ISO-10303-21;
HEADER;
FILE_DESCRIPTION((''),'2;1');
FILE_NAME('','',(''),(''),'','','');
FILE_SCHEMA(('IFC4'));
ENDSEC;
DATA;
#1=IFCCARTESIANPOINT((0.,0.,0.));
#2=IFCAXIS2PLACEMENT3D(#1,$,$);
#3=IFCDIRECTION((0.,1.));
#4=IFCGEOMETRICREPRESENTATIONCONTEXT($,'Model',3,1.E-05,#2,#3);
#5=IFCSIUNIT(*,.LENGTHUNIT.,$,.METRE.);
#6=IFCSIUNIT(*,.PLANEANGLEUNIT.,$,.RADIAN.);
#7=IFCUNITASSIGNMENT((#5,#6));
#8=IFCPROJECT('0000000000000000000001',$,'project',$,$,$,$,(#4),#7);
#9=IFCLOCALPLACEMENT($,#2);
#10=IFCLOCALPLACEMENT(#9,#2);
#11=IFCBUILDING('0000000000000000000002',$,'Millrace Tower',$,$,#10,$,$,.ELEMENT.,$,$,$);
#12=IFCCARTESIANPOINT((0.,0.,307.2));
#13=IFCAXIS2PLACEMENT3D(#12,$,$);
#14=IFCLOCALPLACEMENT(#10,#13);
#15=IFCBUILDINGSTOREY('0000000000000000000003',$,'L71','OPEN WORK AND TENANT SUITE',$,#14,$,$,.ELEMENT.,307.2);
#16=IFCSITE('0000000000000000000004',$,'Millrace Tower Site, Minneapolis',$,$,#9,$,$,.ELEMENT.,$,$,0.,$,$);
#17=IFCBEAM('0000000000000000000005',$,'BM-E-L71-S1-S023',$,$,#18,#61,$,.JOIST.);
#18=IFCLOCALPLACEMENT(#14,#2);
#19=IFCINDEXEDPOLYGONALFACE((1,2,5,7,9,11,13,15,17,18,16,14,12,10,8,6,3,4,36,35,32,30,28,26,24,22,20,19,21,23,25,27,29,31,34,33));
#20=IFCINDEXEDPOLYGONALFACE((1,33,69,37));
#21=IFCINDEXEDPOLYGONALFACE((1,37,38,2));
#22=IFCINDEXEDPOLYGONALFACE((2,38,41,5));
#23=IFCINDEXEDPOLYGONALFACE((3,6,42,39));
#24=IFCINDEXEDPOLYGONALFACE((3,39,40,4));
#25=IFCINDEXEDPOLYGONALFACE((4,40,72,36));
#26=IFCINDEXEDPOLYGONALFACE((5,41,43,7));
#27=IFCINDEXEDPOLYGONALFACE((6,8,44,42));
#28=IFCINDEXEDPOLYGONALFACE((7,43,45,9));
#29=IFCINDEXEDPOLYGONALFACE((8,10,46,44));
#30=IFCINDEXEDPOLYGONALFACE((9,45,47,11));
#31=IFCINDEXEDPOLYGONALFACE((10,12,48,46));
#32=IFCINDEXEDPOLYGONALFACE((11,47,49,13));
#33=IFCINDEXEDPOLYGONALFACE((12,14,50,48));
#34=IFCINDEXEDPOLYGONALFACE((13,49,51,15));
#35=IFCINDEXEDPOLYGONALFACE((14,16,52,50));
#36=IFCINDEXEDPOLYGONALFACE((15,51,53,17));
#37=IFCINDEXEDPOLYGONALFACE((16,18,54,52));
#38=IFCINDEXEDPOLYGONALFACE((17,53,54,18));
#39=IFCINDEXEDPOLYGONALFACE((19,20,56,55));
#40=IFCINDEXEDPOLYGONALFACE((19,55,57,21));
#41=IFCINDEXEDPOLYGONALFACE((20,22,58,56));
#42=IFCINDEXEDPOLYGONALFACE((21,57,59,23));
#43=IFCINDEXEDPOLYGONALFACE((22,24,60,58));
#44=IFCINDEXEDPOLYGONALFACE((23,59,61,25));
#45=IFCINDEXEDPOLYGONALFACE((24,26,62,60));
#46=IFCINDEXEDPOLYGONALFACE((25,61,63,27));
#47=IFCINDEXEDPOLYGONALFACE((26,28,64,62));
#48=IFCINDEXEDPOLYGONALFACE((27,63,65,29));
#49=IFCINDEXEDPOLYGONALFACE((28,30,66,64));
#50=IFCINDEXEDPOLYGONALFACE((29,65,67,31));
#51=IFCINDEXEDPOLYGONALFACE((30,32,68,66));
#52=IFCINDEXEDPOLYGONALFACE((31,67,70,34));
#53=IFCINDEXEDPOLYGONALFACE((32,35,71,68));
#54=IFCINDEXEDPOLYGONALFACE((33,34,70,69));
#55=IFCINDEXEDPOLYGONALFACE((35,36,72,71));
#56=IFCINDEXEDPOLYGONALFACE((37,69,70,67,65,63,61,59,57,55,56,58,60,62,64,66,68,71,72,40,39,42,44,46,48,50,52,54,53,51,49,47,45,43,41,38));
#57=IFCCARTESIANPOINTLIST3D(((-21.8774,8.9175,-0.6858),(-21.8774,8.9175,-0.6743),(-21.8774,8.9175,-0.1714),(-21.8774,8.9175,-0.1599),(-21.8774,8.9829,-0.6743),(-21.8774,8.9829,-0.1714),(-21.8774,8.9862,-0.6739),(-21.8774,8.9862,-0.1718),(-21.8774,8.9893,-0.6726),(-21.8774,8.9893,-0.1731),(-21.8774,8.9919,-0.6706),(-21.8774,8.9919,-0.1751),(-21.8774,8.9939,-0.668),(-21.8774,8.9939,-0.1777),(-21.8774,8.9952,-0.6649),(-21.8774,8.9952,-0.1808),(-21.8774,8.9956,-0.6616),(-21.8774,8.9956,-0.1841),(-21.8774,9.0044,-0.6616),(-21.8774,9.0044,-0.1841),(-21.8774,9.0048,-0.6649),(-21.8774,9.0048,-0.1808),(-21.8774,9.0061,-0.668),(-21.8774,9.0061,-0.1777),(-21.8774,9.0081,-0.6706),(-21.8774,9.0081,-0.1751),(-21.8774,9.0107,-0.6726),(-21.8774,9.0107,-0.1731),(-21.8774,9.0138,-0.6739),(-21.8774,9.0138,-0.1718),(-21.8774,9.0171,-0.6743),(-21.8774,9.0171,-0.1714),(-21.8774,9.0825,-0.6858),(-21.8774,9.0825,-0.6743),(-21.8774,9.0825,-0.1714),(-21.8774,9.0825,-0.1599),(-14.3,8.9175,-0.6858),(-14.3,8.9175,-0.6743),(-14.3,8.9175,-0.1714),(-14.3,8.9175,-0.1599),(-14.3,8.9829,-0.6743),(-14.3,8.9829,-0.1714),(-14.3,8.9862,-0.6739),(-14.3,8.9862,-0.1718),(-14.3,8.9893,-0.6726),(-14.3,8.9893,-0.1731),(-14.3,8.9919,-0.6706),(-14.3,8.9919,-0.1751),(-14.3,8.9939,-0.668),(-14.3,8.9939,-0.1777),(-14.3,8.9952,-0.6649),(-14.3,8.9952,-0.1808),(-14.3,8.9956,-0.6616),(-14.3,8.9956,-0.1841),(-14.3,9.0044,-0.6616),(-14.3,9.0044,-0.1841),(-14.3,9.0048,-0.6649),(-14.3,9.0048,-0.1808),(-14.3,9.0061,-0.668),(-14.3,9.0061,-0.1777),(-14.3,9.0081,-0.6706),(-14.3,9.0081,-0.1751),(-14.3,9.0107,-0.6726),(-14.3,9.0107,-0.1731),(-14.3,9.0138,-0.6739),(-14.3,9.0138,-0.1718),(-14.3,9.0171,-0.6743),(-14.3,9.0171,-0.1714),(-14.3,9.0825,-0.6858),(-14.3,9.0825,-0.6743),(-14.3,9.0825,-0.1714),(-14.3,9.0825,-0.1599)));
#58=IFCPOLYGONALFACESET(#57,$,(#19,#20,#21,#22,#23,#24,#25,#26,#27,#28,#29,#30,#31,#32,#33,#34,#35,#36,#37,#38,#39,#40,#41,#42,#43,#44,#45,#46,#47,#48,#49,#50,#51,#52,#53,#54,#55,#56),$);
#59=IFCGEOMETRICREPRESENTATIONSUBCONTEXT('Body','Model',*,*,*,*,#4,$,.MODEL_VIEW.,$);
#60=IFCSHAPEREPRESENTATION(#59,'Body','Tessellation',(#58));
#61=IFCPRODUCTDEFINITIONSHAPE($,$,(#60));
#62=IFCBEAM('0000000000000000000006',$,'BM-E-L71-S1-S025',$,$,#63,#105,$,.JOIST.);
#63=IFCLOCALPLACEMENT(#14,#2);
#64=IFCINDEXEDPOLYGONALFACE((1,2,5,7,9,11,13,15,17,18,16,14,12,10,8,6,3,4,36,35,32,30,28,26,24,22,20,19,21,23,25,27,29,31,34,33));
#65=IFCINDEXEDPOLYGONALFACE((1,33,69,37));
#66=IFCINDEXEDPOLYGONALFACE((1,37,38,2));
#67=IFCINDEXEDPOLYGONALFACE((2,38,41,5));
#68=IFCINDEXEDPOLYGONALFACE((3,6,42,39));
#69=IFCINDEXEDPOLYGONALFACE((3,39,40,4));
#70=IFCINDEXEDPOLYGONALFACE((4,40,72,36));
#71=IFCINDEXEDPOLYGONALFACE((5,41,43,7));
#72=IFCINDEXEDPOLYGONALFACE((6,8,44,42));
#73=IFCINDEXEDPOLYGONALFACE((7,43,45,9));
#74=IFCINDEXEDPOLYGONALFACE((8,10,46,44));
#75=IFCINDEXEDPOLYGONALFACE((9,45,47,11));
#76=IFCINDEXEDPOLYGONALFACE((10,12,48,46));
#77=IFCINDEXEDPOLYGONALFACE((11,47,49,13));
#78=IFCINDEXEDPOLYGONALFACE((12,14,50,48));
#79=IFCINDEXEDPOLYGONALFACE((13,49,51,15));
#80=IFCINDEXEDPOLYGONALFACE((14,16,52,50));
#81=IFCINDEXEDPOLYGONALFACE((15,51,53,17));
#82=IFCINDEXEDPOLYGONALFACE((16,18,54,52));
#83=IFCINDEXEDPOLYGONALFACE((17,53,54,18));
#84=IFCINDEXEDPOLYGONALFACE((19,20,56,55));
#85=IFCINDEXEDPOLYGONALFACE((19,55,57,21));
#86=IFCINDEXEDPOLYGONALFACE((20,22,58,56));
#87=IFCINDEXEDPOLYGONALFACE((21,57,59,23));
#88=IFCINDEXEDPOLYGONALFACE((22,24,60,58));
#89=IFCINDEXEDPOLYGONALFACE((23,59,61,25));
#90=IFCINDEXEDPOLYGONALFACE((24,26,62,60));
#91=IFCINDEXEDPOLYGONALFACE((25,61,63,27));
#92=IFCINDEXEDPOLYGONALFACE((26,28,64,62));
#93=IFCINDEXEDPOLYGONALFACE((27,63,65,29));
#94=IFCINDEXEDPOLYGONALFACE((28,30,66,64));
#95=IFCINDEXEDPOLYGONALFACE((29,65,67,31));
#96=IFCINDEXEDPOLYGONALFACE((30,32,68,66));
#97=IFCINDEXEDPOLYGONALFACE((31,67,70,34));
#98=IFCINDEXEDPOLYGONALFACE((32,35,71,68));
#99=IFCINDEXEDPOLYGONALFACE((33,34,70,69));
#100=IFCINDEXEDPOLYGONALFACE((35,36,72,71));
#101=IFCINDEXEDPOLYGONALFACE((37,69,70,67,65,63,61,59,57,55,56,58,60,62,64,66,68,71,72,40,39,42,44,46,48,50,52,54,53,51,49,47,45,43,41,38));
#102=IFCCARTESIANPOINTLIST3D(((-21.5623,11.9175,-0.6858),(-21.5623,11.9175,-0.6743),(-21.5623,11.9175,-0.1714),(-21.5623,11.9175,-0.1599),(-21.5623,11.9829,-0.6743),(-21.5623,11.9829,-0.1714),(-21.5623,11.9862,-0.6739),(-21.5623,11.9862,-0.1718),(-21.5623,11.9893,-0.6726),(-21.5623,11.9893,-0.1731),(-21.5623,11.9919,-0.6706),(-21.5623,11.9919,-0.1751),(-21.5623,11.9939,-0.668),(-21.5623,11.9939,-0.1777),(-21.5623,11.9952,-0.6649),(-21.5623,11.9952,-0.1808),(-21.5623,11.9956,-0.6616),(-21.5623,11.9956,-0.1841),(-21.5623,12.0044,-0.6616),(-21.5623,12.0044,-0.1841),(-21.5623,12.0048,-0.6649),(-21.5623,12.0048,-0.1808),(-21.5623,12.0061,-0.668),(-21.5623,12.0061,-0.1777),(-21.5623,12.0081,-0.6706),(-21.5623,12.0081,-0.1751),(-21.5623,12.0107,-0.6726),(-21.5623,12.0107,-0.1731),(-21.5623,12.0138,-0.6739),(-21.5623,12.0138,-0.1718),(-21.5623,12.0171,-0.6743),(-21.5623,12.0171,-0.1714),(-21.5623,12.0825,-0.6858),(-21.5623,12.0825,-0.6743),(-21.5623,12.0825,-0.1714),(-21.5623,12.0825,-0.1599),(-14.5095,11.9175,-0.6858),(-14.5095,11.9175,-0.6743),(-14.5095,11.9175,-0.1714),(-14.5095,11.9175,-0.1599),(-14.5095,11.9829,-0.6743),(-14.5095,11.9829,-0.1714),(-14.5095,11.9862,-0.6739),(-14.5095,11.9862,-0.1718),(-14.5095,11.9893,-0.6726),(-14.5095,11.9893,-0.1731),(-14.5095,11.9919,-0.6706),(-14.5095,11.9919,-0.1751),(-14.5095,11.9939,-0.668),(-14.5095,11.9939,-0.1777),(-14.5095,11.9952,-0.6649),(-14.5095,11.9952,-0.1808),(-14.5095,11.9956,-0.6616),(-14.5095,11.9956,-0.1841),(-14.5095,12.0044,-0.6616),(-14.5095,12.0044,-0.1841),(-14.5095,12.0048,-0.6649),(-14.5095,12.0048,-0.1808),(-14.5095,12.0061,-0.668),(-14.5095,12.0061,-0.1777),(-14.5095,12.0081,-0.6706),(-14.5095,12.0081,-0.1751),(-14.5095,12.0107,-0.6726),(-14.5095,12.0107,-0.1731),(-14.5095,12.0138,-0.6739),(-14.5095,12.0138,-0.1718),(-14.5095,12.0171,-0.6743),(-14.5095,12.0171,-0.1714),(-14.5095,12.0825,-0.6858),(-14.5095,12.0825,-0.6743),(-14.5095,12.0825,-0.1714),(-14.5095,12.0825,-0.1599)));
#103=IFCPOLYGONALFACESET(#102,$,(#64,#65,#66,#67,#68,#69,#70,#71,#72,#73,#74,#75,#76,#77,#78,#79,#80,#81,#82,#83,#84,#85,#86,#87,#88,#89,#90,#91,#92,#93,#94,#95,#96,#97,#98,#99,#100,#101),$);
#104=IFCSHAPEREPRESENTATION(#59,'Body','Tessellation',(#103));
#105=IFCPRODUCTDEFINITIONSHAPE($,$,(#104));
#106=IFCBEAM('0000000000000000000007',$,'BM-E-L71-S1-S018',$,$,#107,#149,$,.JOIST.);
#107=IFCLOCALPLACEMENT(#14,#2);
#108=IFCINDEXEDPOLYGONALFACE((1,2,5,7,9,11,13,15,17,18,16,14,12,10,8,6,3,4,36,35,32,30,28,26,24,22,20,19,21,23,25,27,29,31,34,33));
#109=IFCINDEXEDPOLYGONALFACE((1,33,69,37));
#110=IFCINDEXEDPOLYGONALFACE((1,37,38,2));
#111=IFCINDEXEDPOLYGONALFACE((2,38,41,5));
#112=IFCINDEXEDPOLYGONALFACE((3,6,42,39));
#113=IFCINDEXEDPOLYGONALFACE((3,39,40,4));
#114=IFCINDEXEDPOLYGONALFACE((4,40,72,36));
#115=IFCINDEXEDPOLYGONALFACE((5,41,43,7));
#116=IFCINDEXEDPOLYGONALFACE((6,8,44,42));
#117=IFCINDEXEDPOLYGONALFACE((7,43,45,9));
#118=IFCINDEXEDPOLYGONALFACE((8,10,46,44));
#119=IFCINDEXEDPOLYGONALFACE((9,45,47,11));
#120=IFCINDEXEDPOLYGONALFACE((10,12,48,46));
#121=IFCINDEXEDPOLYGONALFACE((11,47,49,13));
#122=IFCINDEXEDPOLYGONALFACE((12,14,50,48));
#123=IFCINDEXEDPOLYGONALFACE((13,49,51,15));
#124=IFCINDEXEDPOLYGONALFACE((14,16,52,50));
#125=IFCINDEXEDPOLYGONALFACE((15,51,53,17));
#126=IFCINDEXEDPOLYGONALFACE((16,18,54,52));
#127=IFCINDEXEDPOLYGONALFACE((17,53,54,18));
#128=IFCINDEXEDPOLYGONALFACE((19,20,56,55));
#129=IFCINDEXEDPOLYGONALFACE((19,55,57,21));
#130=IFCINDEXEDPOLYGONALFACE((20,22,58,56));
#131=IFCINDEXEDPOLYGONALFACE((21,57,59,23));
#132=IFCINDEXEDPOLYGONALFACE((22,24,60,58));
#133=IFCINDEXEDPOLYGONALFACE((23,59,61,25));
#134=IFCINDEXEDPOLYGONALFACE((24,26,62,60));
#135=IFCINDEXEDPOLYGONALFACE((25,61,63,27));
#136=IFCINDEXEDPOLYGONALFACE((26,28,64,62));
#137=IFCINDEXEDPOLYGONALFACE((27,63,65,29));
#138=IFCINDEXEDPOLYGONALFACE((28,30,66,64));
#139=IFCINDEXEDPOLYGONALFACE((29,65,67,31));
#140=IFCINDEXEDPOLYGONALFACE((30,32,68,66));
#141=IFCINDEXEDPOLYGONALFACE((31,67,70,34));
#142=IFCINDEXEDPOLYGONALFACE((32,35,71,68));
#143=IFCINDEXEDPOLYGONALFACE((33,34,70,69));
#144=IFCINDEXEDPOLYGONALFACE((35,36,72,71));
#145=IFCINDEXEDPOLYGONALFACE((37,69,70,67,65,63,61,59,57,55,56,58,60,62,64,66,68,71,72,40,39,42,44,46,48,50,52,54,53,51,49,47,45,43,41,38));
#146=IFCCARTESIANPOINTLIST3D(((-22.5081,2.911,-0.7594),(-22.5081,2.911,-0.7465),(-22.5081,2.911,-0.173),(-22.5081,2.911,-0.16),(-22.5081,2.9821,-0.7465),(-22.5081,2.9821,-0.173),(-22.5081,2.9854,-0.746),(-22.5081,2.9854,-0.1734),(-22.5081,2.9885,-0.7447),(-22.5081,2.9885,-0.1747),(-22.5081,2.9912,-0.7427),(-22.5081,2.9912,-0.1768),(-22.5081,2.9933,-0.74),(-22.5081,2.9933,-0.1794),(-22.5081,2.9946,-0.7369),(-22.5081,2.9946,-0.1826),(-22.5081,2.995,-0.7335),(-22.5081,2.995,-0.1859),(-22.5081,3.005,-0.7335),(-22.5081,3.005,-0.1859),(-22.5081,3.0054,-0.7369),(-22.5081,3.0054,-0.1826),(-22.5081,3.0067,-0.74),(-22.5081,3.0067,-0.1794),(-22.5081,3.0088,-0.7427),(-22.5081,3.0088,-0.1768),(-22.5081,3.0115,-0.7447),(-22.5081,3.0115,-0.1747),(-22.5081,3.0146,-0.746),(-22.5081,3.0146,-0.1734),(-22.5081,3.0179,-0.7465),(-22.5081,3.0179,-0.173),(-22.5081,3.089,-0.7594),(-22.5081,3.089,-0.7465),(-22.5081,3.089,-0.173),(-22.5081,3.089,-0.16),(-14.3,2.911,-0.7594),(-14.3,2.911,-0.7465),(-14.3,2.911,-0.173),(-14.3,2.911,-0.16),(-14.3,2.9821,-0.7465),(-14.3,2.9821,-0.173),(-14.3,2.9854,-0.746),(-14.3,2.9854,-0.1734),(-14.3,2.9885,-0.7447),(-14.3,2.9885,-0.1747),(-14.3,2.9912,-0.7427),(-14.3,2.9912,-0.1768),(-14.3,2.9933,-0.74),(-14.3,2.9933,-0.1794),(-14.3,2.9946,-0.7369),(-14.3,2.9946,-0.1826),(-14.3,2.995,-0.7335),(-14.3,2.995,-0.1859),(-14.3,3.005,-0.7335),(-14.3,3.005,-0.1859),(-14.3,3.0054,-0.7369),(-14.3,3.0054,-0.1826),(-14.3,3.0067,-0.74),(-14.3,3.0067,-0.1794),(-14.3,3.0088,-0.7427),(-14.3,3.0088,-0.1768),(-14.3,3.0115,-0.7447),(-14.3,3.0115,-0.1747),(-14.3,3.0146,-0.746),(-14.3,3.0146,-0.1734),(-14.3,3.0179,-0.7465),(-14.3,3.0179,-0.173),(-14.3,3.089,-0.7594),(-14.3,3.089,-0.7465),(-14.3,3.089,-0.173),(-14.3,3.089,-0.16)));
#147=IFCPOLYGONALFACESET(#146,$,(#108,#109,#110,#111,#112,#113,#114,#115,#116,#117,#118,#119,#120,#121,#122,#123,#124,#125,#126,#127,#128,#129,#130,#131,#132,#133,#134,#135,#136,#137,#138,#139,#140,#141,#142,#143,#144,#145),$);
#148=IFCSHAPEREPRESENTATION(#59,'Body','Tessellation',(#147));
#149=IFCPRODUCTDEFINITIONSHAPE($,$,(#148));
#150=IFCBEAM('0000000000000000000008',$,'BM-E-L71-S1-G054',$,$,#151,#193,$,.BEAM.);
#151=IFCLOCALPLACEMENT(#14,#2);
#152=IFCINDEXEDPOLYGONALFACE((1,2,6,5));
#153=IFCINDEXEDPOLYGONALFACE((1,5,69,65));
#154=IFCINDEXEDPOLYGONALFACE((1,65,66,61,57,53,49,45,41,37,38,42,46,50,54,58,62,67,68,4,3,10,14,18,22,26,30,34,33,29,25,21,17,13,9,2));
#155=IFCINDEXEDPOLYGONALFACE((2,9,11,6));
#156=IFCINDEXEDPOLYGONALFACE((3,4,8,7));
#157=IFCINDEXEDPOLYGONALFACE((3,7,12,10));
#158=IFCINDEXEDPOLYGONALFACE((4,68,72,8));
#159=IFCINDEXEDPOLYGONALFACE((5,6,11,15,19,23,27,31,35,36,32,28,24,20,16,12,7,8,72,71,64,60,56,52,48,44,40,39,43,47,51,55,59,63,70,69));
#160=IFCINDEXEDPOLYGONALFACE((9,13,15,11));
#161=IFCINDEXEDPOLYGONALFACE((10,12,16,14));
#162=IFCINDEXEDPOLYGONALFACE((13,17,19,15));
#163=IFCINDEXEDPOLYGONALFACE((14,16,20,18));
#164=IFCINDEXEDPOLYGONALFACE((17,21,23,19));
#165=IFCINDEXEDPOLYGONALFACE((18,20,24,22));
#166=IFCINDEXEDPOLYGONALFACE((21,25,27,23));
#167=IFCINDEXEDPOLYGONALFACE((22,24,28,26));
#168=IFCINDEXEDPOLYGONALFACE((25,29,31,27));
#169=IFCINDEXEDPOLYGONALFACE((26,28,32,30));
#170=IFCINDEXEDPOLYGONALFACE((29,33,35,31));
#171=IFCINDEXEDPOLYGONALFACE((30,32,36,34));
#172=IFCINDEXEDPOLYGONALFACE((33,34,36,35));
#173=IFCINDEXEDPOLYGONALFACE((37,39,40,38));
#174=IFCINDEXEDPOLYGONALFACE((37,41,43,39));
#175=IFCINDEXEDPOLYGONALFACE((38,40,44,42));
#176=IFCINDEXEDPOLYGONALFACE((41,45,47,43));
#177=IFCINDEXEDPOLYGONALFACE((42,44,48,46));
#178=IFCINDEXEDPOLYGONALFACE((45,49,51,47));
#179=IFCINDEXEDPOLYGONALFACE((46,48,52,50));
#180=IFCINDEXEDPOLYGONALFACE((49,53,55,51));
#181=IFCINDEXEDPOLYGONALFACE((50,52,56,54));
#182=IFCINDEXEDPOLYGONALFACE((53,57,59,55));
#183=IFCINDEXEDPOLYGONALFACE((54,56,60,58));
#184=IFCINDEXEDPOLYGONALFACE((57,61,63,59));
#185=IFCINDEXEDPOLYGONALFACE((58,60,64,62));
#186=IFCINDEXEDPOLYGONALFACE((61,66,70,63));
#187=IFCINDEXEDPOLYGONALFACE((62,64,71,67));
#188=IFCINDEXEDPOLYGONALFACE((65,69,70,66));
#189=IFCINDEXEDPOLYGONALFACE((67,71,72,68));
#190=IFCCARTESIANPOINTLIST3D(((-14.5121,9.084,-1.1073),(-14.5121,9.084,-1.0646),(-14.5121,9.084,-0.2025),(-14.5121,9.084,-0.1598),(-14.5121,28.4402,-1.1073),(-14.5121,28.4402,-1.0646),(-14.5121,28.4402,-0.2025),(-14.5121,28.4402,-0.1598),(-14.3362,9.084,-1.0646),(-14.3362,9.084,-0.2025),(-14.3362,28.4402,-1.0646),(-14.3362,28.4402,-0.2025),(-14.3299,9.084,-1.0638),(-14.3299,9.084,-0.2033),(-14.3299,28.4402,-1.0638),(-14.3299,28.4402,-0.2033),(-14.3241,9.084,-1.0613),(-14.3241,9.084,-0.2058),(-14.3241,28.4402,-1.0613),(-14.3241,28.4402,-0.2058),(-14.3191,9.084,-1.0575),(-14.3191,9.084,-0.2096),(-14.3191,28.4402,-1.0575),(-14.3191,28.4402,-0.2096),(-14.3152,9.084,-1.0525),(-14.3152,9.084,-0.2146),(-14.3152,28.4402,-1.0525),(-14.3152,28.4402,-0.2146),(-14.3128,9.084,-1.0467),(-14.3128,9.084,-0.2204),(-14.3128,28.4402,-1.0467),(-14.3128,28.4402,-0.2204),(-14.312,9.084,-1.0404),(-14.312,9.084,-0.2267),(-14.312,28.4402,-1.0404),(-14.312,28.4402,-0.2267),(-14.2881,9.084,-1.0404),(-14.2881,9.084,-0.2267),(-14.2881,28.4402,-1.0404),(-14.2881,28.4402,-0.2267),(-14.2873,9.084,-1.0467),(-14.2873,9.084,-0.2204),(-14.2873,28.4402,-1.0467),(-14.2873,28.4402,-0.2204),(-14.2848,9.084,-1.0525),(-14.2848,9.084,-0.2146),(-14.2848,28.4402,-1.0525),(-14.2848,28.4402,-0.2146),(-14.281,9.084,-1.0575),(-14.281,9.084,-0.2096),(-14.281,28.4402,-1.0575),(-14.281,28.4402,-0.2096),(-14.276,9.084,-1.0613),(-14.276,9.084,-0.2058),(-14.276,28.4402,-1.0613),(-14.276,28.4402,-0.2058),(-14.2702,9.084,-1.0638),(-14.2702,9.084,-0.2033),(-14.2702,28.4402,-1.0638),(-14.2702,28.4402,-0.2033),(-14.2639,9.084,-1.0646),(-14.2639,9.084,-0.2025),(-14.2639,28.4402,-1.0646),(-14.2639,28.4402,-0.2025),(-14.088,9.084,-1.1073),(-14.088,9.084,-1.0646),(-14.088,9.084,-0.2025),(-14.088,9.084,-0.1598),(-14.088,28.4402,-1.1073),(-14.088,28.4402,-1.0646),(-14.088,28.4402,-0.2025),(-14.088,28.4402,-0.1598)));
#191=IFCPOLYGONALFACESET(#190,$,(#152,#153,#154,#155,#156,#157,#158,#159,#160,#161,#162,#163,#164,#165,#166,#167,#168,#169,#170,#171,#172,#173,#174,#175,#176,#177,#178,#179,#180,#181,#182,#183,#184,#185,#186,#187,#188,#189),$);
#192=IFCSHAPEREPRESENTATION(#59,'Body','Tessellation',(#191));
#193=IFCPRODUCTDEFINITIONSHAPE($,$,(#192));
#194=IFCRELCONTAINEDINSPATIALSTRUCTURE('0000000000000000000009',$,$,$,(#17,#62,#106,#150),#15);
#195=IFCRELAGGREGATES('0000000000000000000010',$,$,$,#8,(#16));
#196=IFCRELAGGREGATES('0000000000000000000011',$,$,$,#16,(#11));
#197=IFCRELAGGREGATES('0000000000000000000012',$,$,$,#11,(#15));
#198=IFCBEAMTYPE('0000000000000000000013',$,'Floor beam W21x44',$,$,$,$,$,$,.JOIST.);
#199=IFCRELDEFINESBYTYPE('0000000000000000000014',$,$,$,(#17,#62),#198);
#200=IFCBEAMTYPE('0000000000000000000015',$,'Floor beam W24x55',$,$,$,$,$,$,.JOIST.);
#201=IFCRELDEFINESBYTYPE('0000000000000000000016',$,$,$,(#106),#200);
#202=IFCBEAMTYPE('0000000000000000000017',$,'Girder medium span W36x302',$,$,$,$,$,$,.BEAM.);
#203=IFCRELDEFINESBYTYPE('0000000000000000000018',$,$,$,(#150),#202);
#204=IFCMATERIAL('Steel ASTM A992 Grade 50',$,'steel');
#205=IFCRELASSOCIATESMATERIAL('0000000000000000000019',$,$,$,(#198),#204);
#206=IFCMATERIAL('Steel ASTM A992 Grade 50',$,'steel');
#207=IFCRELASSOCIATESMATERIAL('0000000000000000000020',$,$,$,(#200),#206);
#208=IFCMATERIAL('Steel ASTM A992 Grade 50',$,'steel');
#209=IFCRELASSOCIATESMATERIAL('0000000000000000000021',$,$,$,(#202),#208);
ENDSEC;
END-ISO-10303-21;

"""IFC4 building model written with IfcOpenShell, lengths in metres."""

from ifc_helpers import new_model, si_unit, direction, frame, origin, origin_2d, place, context, subcontext, project, spatial, i_section, extrude, material, material_profile, profile_set, type_object, element, save


model = new_model("IFC4")

# Units and contexts
model_context = context("Model", 3, precision=1e-05, world=origin(), true_north=direction((0.0, 1.0)))
body_context = subcontext(model_context, "Body", "Model", "MODEL_VIEW")
ifc_project = project(units=[si_unit("LENGTHUNIT", "METRE"), si_unit("PLANEANGLEUNIT", "RADIAN")], contexts=[model_context])

# Site, building, storey
site_placement = place(None, origin())
site = spatial("IfcSite", under=ifc_project, at=site_placement, Name="Millrace Tower Site, Minneapolis", CompositionType="ELEMENT", RefElevation=0.0)
building_placement = place(site_placement, origin())
building = spatial("IfcBuilding", under=site, at=building_placement, Name="Millrace Tower", CompositionType="ELEMENT")
storey_placement = place(building_placement, frame((0.0, 0.0, 307.2)))
storey = spatial("IfcBuildingStorey", under=building, at=storey_placement, Name="L71", Description="OPEN WORK AND TENANT SUITE", CompositionType="ELEMENT", Elevation=307.2)

# Beams
ifc_material_1 = material(Name="Steel ASTM A992 Grade 50", Category="steel")
ifc_material_profile_1 = material_profile(ifc_material_1, i_section(OverallWidth=0.165, OverallDepth=0.5259, WebThickness=0.0088, FlangeThickness=0.0115, FilletRadius=0.0127, at=origin_2d()))
ifc_profile_set_1 = profile_set([ifc_material_profile_1], Name="Steel ASTM A992 Grade 50")
beam_type_1 = type_object("IfcBeamType", Name="Floor beam W21x44", PredefinedType="JOIST", material=ifc_profile_set_1)
beam_1_placement = place(storey_placement, frame((-21.8774, 9.0, -0.4229), z_axis=(1.0, 0.0, 0.0), x_axis=(0.0, 1.0, 0.0)))
element("IfcBeam", 1, at=beam_1_placement, inside=storey, type_object=beam_type_1, Name="BM-E-L71-S1-S023", PredefinedType="JOIST", context=body_context, shape_type="SweptSolid", body=[
    extrude(i_section(OverallWidth=0.165, OverallDepth=0.5259, WebThickness=0.0088, FlangeThickness=0.0115, FilletRadius=0.0127, at=origin_2d()), origin(), (0.0, 0.0, 1.0), 7.5774),
])
beam_2_placement = place(storey_placement, frame((-21.5623, 12.0, -0.4229), z_axis=(1.0, 0.0, 0.0), x_axis=(0.0, 1.0, 0.0)))
element("IfcBeam", 2, at=beam_2_placement, inside=storey, type_object=beam_type_1, Name="BM-E-L71-S1-S025", PredefinedType="JOIST", context=body_context, shape_type="SweptSolid", body=[
    extrude(i_section(OverallWidth=0.165, OverallDepth=0.5259, WebThickness=0.0088, FlangeThickness=0.0115, FilletRadius=0.0127, at=origin_2d()), origin(), (0.0, 0.0, 1.0), 7.0527),
])
ifc_material_2 = material(Name="Steel ASTM A992 Grade 50", Category="steel")
ifc_material_profile_2 = material_profile(ifc_material_2, i_section(OverallWidth=0.178, OverallDepth=0.5994, WebThickness=0.01, FlangeThickness=0.0129, FilletRadius=0.0129, at=origin_2d()))
ifc_profile_set_2 = profile_set([ifc_material_profile_2], Name="Steel ASTM A992 Grade 50")
beam_type_2 = type_object("IfcBeamType", Name="Floor beam W24x55", PredefinedType="JOIST", material=ifc_profile_set_2)
beam_3_placement = place(storey_placement, frame((-22.5081, 3.0, -0.4597), z_axis=(1.0, 0.0, 0.0), x_axis=(0.0, 1.0, 0.0)))
element("IfcBeam", 3, at=beam_3_placement, inside=storey, type_object=beam_type_2, Name="BM-E-L71-S1-S018", PredefinedType="JOIST", context=body_context, shape_type="SweptSolid", body=[
    extrude(i_section(OverallWidth=0.178, OverallDepth=0.5994, WebThickness=0.01, FlangeThickness=0.0129, FilletRadius=0.0129, at=origin_2d()), origin(), (0.0, 0.0, 1.0), 8.208),
])
ifc_material_3 = material(Name="Steel ASTM A992 Grade 50", Category="steel")
ifc_material_profile_3 = material_profile(ifc_material_3, i_section(OverallWidth=0.4241, OverallDepth=0.9475, WebThickness=0.0239, FlangeThickness=0.0427, FilletRadius=0.0242, at=origin_2d()))
ifc_profile_set_3 = profile_set([ifc_material_profile_3], Name="Steel ASTM A992 Grade 50")
beam_type_3 = type_object("IfcBeamType", Name="Girder medium span W36x302", PredefinedType="BEAM", material=ifc_profile_set_3)
beam_4_placement = place(storey_placement, frame((-14.3, 9.084, -0.6335), z_axis=(0.0, 1.0, 0.0), x_axis=(-1.0, 0.0, 0.0)))
element("IfcBeam", 4, at=beam_4_placement, inside=storey, type_object=beam_type_3, Name="BM-E-L71-S1-G054", PredefinedType="BEAM", context=body_context, shape_type="SweptSolid", body=[
    extrude(i_section(OverallWidth=0.4241, OverallDepth=0.9475, WebThickness=0.0239, FlangeThickness=0.0427, FilletRadius=0.0242, at=origin_2d()), origin(), (0.0, 0.0, 1.0), 19.3562),
])

save(model, "model.ifc")
